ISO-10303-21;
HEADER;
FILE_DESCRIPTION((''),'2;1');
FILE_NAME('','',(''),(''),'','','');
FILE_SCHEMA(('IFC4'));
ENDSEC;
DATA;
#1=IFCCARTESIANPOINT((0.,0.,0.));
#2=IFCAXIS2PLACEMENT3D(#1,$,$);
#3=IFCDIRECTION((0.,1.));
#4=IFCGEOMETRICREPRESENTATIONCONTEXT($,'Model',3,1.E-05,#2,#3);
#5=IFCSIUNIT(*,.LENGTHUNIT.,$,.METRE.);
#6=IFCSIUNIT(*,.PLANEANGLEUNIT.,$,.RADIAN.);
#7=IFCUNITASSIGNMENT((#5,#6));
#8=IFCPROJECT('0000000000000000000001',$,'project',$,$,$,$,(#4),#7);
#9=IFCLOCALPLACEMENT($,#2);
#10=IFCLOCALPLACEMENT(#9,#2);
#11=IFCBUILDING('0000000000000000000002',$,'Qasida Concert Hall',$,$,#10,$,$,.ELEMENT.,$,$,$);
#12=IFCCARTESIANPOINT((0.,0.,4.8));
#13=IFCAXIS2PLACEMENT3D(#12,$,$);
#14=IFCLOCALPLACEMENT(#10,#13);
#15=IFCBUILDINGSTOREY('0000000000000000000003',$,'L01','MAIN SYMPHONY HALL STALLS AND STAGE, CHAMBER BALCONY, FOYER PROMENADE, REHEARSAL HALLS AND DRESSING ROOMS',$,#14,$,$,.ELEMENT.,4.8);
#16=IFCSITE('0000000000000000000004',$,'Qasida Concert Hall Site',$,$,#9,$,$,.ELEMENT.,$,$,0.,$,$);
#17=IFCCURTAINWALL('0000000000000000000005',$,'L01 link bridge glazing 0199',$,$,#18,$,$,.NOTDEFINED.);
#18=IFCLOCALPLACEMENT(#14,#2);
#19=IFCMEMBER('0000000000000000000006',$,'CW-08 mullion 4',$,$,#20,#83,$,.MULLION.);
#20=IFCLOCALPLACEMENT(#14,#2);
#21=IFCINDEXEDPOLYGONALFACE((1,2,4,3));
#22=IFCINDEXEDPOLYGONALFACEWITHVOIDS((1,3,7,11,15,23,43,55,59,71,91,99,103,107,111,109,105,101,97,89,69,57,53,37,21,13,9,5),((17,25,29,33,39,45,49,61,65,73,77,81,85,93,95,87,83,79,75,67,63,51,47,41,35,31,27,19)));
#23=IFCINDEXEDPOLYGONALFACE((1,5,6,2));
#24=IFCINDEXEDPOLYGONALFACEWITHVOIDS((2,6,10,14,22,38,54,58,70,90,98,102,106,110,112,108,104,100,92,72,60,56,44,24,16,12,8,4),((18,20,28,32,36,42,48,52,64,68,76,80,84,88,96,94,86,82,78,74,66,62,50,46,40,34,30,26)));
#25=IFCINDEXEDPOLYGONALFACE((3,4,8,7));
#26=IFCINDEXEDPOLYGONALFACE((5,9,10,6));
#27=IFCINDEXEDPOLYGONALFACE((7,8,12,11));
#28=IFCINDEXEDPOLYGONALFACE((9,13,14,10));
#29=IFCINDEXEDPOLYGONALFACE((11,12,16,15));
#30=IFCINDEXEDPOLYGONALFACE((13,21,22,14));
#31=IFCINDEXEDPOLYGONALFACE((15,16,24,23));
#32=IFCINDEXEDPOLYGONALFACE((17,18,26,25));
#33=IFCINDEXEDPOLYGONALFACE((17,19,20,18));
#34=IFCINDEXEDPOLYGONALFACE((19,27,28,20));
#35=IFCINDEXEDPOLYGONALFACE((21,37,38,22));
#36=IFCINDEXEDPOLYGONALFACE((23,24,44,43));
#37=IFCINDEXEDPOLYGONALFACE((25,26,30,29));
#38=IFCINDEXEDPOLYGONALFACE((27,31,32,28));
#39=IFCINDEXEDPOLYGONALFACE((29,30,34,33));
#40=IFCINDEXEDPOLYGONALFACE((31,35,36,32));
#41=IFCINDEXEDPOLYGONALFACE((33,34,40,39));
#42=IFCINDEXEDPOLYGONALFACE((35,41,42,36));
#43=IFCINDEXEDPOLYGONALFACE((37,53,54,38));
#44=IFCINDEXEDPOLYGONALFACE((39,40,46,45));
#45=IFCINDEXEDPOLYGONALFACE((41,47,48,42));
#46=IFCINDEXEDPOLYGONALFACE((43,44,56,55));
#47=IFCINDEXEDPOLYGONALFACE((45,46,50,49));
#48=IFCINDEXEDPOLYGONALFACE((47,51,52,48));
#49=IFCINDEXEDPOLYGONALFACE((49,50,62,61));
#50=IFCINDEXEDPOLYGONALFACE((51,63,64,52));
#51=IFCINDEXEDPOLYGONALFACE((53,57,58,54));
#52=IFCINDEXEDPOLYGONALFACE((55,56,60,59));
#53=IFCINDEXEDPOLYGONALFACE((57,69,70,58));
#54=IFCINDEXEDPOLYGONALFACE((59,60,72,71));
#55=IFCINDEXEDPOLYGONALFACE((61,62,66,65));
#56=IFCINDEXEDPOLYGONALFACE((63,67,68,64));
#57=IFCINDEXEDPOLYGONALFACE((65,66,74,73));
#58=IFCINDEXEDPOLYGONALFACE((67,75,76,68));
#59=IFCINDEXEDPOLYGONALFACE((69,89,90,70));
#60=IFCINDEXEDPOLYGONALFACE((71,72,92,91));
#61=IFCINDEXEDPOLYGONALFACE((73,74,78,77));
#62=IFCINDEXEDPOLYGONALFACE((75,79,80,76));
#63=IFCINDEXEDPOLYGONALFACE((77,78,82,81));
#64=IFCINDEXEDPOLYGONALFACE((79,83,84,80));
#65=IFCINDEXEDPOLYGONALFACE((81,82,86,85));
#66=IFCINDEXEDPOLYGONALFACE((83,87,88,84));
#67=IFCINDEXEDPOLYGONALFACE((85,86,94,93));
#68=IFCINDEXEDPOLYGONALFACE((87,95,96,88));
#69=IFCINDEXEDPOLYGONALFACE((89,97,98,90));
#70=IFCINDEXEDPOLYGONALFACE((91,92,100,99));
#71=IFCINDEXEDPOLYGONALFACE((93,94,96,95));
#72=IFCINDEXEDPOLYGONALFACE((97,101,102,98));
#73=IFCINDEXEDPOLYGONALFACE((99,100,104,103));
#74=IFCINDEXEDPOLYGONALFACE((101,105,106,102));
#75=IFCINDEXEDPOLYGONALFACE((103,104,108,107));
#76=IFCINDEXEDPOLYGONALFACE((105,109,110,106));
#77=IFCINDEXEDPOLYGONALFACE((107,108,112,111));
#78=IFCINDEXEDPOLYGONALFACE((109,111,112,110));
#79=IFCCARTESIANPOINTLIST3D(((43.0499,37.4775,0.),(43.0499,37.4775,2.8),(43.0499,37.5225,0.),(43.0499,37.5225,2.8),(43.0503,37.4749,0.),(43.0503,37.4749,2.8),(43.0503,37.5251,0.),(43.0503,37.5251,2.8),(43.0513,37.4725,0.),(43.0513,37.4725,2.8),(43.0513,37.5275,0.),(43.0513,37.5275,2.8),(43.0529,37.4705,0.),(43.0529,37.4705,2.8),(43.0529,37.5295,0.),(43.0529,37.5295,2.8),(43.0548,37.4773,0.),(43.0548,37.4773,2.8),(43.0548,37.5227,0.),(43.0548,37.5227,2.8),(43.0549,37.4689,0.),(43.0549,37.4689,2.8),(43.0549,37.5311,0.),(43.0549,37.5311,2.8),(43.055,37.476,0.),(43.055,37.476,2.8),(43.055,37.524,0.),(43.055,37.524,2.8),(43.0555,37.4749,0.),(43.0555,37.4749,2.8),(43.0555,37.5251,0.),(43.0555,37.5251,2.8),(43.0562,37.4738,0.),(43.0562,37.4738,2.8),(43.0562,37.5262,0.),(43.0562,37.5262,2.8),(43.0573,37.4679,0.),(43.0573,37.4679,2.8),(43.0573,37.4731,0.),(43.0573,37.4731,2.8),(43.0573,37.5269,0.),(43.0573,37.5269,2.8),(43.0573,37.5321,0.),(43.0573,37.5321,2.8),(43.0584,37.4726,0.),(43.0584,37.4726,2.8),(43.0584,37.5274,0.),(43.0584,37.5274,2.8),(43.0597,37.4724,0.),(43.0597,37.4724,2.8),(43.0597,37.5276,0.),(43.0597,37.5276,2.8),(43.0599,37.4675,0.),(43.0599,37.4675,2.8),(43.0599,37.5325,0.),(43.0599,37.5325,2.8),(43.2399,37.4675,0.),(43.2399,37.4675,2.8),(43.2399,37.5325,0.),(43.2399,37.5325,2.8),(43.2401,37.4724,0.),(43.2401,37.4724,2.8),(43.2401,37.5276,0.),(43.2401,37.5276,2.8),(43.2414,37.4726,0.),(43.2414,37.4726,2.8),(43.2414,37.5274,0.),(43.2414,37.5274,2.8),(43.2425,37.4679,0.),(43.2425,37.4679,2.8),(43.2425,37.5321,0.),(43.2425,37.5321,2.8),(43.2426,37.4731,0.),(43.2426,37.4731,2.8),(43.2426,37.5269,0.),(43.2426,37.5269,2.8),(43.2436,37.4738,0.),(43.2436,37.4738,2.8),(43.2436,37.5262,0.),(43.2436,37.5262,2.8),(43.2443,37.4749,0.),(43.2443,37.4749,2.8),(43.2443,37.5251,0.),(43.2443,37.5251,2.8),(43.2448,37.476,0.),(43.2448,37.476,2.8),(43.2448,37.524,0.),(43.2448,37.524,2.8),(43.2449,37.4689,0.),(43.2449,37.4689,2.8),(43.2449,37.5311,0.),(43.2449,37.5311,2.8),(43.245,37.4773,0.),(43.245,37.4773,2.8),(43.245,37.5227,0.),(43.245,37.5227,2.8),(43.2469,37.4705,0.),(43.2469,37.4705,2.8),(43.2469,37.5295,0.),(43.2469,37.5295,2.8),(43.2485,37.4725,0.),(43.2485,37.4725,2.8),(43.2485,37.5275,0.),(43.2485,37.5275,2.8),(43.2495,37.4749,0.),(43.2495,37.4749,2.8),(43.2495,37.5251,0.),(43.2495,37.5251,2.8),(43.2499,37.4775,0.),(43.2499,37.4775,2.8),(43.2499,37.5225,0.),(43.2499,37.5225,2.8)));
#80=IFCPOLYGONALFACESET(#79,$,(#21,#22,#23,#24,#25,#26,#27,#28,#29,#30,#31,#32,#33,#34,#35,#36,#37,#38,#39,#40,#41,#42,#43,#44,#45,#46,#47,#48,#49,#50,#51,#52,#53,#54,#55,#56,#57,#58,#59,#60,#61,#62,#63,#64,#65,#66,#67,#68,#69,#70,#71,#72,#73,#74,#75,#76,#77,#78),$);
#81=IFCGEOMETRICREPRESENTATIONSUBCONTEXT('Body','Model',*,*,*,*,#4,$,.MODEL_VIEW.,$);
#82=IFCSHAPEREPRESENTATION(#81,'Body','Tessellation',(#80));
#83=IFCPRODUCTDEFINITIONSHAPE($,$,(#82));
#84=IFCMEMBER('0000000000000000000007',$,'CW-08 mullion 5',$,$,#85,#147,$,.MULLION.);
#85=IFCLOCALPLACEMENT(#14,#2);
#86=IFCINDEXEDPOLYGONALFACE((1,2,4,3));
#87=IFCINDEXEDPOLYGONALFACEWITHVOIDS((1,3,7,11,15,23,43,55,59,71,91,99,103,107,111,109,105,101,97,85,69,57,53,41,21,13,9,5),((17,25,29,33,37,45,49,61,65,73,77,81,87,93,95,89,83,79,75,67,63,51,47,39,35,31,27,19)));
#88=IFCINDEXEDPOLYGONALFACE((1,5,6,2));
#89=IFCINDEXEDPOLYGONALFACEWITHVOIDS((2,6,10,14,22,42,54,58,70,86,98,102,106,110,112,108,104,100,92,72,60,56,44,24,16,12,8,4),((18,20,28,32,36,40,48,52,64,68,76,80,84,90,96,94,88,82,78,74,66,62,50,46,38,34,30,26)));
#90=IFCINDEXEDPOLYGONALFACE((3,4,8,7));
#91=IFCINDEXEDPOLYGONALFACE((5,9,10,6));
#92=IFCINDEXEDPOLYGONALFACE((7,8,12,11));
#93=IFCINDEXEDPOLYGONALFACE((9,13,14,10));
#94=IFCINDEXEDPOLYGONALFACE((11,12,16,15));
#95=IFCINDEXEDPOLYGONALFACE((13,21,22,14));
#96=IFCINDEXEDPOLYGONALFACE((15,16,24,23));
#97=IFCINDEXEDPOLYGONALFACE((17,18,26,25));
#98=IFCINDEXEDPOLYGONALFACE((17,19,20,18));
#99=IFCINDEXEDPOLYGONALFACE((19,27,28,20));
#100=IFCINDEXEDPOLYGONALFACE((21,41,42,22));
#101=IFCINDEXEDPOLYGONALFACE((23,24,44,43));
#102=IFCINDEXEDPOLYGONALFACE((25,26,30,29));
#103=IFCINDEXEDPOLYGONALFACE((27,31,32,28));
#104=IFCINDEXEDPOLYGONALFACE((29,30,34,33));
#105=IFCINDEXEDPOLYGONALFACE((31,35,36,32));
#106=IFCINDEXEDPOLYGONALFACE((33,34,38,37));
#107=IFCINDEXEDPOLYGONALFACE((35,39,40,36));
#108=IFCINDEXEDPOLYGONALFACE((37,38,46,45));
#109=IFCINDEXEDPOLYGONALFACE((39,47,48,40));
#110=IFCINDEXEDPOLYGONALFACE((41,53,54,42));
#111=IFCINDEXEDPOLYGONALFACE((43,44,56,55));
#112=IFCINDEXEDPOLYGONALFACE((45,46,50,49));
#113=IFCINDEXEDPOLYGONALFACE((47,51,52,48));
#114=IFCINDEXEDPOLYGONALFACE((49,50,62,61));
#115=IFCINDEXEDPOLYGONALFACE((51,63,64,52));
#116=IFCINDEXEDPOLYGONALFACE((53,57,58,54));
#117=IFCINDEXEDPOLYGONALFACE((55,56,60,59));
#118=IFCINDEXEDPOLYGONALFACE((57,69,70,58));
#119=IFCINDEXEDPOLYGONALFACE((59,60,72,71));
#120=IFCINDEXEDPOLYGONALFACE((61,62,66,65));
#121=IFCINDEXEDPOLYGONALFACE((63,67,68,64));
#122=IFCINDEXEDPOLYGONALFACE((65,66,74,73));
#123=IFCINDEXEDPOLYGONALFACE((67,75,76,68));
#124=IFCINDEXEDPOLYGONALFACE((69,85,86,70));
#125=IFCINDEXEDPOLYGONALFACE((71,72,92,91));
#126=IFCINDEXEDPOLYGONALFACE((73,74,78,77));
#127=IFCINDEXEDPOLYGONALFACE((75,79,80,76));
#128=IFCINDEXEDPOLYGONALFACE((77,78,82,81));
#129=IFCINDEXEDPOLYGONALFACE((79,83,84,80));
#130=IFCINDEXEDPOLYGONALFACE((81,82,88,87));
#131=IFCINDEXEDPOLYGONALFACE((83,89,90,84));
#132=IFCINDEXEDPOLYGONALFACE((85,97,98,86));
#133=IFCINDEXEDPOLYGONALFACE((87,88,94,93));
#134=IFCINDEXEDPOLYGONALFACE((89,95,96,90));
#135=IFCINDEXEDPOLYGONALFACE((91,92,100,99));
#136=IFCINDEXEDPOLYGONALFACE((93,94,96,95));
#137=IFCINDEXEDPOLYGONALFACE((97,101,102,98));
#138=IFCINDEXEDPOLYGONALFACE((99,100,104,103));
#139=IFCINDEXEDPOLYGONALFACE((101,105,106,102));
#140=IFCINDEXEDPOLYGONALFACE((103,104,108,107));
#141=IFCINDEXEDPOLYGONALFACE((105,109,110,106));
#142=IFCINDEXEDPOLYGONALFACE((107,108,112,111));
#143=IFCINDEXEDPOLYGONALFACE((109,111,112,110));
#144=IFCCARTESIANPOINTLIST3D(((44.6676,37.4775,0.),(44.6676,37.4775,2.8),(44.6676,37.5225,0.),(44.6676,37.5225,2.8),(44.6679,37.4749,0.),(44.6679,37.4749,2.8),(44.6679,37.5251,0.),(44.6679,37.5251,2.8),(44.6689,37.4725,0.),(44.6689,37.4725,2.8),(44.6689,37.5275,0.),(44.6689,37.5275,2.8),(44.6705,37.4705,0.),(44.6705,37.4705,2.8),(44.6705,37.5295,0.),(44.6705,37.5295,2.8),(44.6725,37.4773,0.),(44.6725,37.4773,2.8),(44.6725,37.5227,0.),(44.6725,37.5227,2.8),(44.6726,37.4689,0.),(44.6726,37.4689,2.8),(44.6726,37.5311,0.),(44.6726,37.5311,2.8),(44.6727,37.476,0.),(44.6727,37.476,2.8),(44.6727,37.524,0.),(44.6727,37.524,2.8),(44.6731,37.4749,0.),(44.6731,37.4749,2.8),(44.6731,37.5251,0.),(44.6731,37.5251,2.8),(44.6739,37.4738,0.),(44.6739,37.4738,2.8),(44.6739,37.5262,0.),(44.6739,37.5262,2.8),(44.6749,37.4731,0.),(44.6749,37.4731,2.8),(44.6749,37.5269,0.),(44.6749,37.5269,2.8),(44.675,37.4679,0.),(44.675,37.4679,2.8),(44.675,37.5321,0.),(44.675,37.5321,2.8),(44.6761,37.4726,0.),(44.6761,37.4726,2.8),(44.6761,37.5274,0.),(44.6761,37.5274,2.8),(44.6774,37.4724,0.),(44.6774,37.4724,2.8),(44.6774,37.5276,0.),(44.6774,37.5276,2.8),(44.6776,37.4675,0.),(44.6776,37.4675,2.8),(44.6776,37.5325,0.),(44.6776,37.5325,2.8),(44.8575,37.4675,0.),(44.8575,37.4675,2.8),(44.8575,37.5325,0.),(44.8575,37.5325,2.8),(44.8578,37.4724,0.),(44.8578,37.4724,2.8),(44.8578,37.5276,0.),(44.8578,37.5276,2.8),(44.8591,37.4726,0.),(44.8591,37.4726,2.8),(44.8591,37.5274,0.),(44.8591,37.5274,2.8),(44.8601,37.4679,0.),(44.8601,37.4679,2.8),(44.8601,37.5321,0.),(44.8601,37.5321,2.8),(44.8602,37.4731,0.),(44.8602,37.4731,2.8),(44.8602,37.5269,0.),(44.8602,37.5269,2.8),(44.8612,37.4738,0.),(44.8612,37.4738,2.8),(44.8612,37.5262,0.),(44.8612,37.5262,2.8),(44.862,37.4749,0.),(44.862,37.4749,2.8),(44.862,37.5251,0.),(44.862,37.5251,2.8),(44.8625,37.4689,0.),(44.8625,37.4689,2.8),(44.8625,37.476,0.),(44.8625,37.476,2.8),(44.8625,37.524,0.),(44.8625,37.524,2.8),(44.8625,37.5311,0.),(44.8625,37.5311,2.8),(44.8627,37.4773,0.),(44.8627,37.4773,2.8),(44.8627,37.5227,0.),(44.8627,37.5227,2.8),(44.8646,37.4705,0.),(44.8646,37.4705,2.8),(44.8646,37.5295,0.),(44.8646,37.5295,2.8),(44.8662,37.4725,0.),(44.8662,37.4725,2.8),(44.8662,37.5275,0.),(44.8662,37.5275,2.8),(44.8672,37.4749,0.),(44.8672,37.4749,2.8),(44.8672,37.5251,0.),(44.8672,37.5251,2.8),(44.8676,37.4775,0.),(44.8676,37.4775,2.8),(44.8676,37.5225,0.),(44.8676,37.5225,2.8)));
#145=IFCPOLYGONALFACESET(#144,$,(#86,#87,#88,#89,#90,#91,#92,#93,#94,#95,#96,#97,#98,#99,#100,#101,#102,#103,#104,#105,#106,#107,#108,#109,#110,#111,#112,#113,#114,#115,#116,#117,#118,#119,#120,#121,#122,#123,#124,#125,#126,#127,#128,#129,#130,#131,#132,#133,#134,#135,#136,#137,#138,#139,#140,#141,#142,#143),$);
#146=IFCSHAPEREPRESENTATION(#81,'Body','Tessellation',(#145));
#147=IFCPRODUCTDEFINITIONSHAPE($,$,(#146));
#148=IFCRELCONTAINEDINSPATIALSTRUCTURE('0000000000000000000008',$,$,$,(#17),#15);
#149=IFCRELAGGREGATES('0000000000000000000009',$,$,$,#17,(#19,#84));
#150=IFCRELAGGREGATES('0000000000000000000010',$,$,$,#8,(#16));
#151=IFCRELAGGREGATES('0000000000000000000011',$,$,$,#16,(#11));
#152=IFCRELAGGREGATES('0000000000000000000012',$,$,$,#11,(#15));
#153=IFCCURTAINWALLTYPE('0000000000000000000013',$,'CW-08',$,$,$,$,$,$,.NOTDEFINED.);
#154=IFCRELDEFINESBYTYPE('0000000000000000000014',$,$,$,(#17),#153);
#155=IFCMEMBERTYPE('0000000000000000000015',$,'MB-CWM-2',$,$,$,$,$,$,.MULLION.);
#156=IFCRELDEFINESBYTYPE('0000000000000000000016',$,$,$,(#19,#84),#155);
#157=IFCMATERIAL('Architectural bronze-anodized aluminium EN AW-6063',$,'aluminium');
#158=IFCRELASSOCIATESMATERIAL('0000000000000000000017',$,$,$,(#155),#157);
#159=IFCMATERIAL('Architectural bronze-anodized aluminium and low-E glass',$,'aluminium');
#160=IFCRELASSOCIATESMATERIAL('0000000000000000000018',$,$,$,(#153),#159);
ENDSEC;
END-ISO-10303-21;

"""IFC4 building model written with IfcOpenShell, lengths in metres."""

from ifc_helpers import new_model, si_unit, direction, frame, origin, origin_2d, place, context, subcontext, project, spatial, hollow_rectangle, extrude, material, material_profile, profile_set, type_object, element, aggregate, save


model = new_model("IFC4")

# Units and contexts
model_context = context("Model", 3, precision=1e-05, world=origin(), true_north=direction((0.0, 1.0)))
body_context = subcontext(model_context, "Body", "Model", "MODEL_VIEW")
ifc_project = project(units=[si_unit("LENGTHUNIT", "METRE"), si_unit("PLANEANGLEUNIT", "RADIAN")], contexts=[model_context])

# Site, building, storey
site_placement = place(None, origin())
site = spatial("IfcSite", under=ifc_project, at=site_placement, Name="Qasida Concert Hall Site", CompositionType="ELEMENT", RefElevation=0.0)
building_placement = place(site_placement, origin())
building = spatial("IfcBuilding", under=site, at=building_placement, Name="Qasida Concert Hall", CompositionType="ELEMENT")
storey_placement = place(building_placement, frame((0.0, 0.0, 4.8)))
storey = spatial("IfcBuildingStorey", under=building, at=storey_placement, Name="L01", Description="MAIN SYMPHONY HALL STALLS AND STAGE, CHAMBER BALCONY, FOYER PROMENADE, REHEARSAL HALLS AND DRESSING ROOMS", CompositionType="ELEMENT", Elevation=4.8)

# Shared definitions
ifc_material_1 = material(Name="Architectural bronze-anodized aluminium and low-E glass", Category="aluminium")
ifc_material_2 = material(Name="Architectural bronze-anodized aluminium EN AW-6063", Category="aluminium")
ifc_material_profile_1 = material_profile(ifc_material_2, hollow_rectangle(XDim=0.0649, YDim=0.2, WallThickness=0.0049, InnerFilletRadius=0.0049, OuterFilletRadius=0.01, at=origin_2d()), Name="CWM 200x65x5")
ifc_profile_set_1 = profile_set([ifc_material_profile_1], Name="Architectural bronze-anodized aluminium EN AW-6063")
member_type_1 = type_object("IfcMemberType", Name="MB-CWM-2", PredefinedType="MULLION", material=ifc_profile_set_1)

# Curtain wall, members
curtain_wall_type_1 = type_object("IfcCurtainWallType", Name="CW-08", PredefinedType="NOTDEFINED", material=ifc_material_1)
curtain_wall_1_placement = place(storey_placement, origin())
curtain_wall_1 = element("IfcCurtainWall", 1, at=curtain_wall_1_placement, inside=storey, type_object=curtain_wall_type_1, Name="L01 link bridge glazing 0199", PredefinedType="NOTDEFINED")
member_1_placement = place(storey_placement, frame((43.1499, 37.5, 0.0), z_axis=(0.0, 0.0, 1.0), x_axis=(0.0, 1.0, 0.0)))
member_1 = element("IfcMember", 2, at=member_1_placement, type_object=member_type_1, Name="CW-08 mullion 4", PredefinedType="MULLION", context=body_context, shape_type="SweptSolid", body=[
    extrude(hollow_rectangle(XDim=0.0649, YDim=0.2, WallThickness=0.0049, InnerFilletRadius=0.0049, OuterFilletRadius=0.01, at=origin_2d()), origin(), (0.0, 0.0, 1.0), 2.8),
])
member_2_placement = place(storey_placement, frame((44.7676, 37.5, 0.0), z_axis=(0.0, 0.0, 1.0), x_axis=(0.0, 1.0, 0.0)))
member_2 = element("IfcMember", 3, at=member_2_placement, type_object=member_type_1, Name="CW-08 mullion 5", PredefinedType="MULLION", context=body_context, shape_type="SweptSolid", body=[
    extrude(hollow_rectangle(XDim=0.0649, YDim=0.2, WallThickness=0.0049, InnerFilletRadius=0.0049, OuterFilletRadius=0.01, at=origin_2d()), origin(), (0.0, 0.0, 1.0), 2.8),
])

aggregate(curtain_wall_1, [member_1, member_2])

save(model, "model.ifc")
